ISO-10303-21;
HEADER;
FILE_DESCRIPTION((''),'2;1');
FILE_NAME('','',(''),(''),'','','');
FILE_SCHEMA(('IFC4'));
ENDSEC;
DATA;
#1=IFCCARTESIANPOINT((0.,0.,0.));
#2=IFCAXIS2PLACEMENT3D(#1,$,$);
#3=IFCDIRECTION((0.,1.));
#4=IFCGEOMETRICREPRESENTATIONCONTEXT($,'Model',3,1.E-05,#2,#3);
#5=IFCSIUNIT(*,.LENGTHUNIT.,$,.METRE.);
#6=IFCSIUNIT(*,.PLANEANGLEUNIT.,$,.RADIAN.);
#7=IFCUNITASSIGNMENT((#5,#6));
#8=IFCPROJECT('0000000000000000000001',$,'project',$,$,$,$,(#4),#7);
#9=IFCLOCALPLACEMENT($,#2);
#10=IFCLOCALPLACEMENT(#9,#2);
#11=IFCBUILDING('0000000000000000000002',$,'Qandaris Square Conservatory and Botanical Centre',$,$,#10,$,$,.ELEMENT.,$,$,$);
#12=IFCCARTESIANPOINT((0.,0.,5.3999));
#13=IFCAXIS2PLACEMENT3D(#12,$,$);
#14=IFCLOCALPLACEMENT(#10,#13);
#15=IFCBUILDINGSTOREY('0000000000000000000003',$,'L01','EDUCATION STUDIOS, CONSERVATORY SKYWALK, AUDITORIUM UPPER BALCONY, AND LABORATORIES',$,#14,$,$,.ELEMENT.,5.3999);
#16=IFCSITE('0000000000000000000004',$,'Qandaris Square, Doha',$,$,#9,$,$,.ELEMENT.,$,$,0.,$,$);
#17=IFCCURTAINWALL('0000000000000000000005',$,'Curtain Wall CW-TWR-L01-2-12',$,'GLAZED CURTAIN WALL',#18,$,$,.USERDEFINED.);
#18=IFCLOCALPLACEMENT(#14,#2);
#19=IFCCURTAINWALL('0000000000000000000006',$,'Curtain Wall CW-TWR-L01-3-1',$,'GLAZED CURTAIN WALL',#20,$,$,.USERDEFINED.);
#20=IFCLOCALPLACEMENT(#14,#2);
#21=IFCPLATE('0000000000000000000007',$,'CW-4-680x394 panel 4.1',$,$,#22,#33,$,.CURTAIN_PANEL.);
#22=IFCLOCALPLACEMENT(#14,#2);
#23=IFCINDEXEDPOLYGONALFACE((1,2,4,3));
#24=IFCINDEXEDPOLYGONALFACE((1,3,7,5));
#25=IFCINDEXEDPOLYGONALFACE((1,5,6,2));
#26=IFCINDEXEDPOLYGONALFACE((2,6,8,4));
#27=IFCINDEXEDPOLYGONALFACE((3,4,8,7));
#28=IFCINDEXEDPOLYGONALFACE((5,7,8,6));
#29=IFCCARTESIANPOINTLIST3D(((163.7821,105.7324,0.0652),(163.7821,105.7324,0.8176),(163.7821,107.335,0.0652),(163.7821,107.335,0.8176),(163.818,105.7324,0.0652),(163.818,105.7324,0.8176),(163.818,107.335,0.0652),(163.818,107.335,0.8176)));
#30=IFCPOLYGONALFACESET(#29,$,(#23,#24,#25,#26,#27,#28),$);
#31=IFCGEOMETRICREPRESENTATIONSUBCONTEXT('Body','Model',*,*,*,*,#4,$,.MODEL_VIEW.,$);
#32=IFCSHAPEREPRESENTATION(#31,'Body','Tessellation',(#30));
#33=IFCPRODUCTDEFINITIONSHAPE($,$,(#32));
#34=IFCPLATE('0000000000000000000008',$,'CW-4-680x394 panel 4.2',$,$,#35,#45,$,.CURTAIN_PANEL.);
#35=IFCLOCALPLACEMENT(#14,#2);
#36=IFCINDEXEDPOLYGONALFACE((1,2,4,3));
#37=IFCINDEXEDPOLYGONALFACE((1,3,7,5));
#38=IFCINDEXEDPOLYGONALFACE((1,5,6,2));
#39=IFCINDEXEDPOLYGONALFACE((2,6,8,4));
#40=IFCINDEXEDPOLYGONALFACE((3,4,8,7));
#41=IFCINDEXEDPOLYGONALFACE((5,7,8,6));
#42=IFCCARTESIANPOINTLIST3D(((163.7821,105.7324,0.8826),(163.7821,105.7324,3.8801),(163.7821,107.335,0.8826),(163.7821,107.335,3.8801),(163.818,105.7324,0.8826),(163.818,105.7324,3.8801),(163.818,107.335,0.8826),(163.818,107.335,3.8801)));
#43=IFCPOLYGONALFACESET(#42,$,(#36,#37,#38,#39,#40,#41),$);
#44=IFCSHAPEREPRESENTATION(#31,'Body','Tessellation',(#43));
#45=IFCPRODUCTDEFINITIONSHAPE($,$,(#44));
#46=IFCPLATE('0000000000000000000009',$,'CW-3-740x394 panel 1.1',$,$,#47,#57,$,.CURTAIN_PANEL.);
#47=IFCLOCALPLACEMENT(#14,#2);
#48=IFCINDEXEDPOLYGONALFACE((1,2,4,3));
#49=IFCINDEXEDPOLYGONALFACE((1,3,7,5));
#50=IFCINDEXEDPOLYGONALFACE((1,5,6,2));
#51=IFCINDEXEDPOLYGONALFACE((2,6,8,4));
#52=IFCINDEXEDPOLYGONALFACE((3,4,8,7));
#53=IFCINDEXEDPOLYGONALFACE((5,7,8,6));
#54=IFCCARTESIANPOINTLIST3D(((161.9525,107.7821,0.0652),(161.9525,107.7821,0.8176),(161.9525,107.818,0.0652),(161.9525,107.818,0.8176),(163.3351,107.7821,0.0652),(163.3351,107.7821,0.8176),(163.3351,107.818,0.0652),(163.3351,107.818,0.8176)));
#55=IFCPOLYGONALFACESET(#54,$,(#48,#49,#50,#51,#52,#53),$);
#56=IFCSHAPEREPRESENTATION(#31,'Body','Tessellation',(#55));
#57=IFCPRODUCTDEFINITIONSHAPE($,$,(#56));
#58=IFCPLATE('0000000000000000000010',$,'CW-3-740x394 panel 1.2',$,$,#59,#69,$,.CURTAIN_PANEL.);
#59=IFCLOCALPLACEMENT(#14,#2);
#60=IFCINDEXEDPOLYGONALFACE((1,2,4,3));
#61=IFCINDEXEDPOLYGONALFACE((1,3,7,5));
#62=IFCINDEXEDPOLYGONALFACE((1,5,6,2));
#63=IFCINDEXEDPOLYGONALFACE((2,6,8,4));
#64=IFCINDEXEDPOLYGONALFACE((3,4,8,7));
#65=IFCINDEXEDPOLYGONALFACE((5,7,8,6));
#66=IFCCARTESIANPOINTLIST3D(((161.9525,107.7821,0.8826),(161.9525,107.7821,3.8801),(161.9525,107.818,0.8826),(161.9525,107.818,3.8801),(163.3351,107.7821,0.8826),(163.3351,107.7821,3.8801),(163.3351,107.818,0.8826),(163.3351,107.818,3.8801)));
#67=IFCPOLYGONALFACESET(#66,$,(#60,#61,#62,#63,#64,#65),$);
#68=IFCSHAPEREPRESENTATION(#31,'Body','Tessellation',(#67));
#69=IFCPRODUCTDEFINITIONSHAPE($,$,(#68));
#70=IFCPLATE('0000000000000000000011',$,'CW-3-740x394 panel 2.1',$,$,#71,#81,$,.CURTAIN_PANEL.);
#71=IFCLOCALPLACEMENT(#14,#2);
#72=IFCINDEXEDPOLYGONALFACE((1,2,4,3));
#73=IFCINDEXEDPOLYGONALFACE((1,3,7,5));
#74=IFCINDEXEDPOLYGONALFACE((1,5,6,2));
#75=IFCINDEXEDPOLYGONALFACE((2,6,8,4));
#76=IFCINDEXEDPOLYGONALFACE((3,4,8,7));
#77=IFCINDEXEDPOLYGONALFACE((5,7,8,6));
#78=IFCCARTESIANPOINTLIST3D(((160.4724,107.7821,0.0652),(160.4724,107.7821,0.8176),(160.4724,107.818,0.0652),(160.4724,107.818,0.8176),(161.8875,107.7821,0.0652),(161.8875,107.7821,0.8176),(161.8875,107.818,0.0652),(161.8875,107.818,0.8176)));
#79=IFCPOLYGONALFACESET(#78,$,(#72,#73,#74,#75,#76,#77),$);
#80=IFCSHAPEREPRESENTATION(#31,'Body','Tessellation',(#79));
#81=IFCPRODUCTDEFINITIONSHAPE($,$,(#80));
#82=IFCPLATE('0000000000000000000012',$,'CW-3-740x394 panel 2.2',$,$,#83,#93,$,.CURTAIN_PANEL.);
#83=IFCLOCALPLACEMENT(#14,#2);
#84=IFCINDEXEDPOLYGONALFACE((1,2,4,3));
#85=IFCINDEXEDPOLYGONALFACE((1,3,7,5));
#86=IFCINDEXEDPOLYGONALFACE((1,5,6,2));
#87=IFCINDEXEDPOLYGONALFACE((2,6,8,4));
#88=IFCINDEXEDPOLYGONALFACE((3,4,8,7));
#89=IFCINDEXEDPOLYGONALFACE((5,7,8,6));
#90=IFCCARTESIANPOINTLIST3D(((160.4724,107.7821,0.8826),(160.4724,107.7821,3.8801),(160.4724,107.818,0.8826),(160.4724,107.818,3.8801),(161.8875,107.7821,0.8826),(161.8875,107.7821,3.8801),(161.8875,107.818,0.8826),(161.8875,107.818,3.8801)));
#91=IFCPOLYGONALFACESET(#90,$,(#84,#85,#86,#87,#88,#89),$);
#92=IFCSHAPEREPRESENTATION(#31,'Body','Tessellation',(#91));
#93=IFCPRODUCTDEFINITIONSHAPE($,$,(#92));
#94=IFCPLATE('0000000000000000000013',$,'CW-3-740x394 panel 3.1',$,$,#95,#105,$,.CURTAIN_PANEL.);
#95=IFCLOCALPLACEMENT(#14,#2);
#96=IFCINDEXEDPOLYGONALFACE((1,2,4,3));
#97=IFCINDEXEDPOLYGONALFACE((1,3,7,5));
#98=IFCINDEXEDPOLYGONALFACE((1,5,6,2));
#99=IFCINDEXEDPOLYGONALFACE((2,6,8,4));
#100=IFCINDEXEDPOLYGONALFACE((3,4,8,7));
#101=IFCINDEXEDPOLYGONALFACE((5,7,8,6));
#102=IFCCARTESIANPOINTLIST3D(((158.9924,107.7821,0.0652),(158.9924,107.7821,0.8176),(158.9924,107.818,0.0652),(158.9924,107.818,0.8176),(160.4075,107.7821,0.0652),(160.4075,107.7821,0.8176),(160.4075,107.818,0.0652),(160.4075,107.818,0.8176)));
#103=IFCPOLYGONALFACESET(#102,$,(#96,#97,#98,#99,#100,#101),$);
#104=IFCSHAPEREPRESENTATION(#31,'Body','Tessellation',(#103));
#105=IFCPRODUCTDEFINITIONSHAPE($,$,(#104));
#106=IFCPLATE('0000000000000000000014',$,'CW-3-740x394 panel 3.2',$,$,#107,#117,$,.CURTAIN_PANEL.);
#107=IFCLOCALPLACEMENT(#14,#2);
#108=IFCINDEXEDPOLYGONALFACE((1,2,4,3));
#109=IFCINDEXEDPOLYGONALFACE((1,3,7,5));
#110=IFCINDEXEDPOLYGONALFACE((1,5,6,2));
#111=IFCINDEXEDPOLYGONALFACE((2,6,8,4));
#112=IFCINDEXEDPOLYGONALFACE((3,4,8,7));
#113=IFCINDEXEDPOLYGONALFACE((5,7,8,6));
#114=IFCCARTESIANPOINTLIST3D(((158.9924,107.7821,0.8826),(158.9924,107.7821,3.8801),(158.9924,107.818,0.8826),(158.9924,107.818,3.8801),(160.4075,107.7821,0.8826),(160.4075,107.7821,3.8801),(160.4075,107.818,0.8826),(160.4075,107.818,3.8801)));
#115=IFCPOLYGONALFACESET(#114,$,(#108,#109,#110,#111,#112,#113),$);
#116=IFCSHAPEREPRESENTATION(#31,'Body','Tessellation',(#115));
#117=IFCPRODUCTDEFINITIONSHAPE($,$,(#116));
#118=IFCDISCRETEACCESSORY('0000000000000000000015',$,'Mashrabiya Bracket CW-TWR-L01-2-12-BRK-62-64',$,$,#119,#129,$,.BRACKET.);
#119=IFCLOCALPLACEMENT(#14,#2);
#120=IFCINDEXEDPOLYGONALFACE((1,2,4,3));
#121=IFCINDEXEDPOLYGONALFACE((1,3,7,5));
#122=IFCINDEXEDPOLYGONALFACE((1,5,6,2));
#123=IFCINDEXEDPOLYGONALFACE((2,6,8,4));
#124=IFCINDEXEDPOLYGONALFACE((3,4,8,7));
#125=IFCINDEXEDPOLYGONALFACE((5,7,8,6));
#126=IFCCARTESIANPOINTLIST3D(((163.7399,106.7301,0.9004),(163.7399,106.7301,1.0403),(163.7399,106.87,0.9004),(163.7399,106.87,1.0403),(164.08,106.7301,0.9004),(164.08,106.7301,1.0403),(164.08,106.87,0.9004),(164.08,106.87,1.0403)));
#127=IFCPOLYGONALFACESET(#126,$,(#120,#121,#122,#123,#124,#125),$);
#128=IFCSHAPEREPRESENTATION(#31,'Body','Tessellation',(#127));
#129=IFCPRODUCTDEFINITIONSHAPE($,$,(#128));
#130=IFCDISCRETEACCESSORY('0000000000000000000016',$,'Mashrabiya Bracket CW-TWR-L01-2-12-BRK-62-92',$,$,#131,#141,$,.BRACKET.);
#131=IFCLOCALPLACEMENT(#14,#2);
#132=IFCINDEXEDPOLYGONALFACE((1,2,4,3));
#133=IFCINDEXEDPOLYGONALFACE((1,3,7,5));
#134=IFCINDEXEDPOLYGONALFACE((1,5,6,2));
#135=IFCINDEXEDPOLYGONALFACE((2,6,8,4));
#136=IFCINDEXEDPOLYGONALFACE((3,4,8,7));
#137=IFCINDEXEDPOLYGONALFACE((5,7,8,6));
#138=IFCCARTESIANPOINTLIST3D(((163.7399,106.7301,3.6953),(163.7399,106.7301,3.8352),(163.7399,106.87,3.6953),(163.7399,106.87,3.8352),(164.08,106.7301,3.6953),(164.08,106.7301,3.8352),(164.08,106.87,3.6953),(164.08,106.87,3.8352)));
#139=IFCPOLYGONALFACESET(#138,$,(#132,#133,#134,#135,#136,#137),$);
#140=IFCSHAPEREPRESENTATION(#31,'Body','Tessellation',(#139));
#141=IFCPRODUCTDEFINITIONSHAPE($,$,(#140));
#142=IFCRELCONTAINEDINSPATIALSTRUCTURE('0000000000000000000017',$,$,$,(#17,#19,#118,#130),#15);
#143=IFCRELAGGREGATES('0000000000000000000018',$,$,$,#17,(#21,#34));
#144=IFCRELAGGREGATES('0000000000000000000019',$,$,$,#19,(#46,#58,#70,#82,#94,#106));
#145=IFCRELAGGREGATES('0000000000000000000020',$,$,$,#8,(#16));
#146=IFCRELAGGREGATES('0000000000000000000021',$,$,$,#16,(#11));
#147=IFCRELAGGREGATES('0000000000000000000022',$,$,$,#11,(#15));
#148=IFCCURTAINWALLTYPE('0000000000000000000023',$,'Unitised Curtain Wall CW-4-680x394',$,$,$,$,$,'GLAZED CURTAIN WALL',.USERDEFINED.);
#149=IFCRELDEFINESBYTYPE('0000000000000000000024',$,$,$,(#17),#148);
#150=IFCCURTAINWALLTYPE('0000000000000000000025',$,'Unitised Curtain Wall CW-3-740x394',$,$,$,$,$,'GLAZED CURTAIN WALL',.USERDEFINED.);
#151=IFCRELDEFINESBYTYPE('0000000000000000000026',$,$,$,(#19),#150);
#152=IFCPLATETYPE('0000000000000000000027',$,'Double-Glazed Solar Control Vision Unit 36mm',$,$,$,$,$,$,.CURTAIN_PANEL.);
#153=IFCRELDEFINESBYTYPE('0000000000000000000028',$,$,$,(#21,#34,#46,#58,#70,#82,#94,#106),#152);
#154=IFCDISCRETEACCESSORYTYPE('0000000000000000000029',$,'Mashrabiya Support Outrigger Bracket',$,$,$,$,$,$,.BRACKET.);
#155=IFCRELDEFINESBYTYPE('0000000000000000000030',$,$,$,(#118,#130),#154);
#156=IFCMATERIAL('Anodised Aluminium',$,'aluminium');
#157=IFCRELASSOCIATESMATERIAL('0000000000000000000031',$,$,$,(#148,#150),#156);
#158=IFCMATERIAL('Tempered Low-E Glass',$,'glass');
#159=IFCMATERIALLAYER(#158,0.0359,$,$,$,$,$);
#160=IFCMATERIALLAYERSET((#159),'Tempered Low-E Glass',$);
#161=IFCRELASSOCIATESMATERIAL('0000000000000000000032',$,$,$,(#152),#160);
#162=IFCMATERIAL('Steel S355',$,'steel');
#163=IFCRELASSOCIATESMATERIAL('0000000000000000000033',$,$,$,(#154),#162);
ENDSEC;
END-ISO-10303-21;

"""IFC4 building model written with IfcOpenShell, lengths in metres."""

from ifc_helpers import new_model, si_unit, direction, frame, origin, origin_2d, place, context, subcontext, project, spatial, rectangle, extrude, material, layer, layer_set, type_object, element, aggregate, save


model = new_model("IFC4")

# Units and contexts
model_context = context("Model", 3, precision=1e-05, world=origin(), true_north=direction((0.0, 1.0)))
body_context = subcontext(model_context, "Body", "Model", "MODEL_VIEW")
ifc_project = project(units=[si_unit("LENGTHUNIT", "METRE"), si_unit("PLANEANGLEUNIT", "RADIAN")], contexts=[model_context])

# Site, building, storey
site_placement = place(None, origin())
site = spatial("IfcSite", under=ifc_project, at=site_placement, Name="Qandaris Square, Doha", CompositionType="ELEMENT", RefElevation=0.0)
building_placement = place(site_placement, origin())
building = spatial("IfcBuilding", under=site, at=building_placement, Name="Qandaris Square Conservatory and Botanical Centre", CompositionType="ELEMENT")
storey_placement = place(building_placement, frame((0.0, 0.0, 5.3999)))
storey = spatial("IfcBuildingStorey", under=building, at=storey_placement, Name="L01", Description="EDUCATION STUDIOS, CONSERVATORY SKYWALK, AUDITORIUM UPPER BALCONY, AND LABORATORIES", CompositionType="ELEMENT", Elevation=5.3999)

# Curtain wall
ifc_material_1 = material(Name="Anodised Aluminium", Category="aluminium")
curtain_wall_type_1 = type_object("IfcCurtainWallType", Name="Unitised Curtain Wall CW-4-680x394", ElementType="GLAZED CURTAIN WALL", PredefinedType="USERDEFINED", material=ifc_material_1)
curtain_wall_1_placement = place(storey_placement, origin())
curtain_wall_1 = element("IfcCurtainWall", 1, at=curtain_wall_1_placement, inside=storey, type_object=curtain_wall_type_1, Name="Curtain Wall CW-TWR-L01-2-12", ObjectType="GLAZED CURTAIN WALL", PredefinedType="USERDEFINED")

# Curtain wall
curtain_wall_type_2 = type_object("IfcCurtainWallType", Name="Unitised Curtain Wall CW-3-740x394", ElementType="GLAZED CURTAIN WALL", PredefinedType="USERDEFINED", material=ifc_material_1)
curtain_wall_2_placement = place(storey_placement, origin())
curtain_wall_2 = element("IfcCurtainWall", 2, at=curtain_wall_2_placement, inside=storey, type_object=curtain_wall_type_2, Name="Curtain Wall CW-TWR-L01-3-1", ObjectType="GLAZED CURTAIN WALL", PredefinedType="USERDEFINED")

# Shared definitions
ifc_material_2 = material(Name="Steel S355", Category="steel")

# Plates
ifc_material_3 = material(Name="Tempered Low-E Glass", Category="glass")
ifc_layer = layer(ifc_material_3, 0.0359)
ifc_layer_set = layer_set([ifc_layer], Name="Tempered Low-E Glass")
plate_type = type_object("IfcPlateType", Name="Double-Glazed Solar Control Vision Unit 36mm", PredefinedType="CURTAIN_PANEL", material=ifc_layer_set)
plate_1_placement = place(storey_placement, frame((163.8, 106.5337, 0.0652), z_axis=(0.0, 0.0, 1.0), x_axis=(0.0, 1.0, 0.0)))
plate_1 = element("IfcPlate", 3, at=plate_1_placement, type_object=plate_type, Name="CW-4-680x394 panel 4.1", PredefinedType="CURTAIN_PANEL", context=body_context, shape_type="SweptSolid", body=[
    extrude(rectangle(XDim=1.6025, YDim=0.0359, at=origin_2d()), origin(), (0.0, 0.0, 1.0), 0.7524),
])
plate_2_placement = place(storey_placement, frame((163.8, 106.5337, 0.8826), z_axis=(0.0, 0.0, 1.0), x_axis=(0.0, 1.0, 0.0)))
plate_2 = element("IfcPlate", 4, at=plate_2_placement, type_object=plate_type, Name="CW-4-680x394 panel 4.2", PredefinedType="CURTAIN_PANEL", context=body_context, shape_type="SweptSolid", body=[
    extrude(rectangle(XDim=1.6025, YDim=0.0359, at=origin_2d()), origin(), (0.0, 0.0, 1.0), 2.9976),
])
aggregate(curtain_wall_1, [plate_1, plate_2])
plate_3_placement = place(storey_placement, frame((162.6438, 107.8, 0.0652), z_axis=(0.0, 0.0, 1.0), x_axis=(-1.0, 0.0, 0.0)))
plate_3 = element("IfcPlate", 5, at=plate_3_placement, type_object=plate_type, Name="CW-3-740x394 panel 1.1", PredefinedType="CURTAIN_PANEL", context=body_context, shape_type="SweptSolid", body=[
    extrude(rectangle(XDim=1.3826, YDim=0.0359, at=origin_2d()), origin(), (0.0, 0.0, 1.0), 0.7524),
])
plate_4_placement = place(storey_placement, frame((162.6438, 107.8, 0.8826), z_axis=(0.0, 0.0, 1.0), x_axis=(-1.0, 0.0, 0.0)))
plate_4 = element("IfcPlate", 6, at=plate_4_placement, type_object=plate_type, Name="CW-3-740x394 panel 1.2", PredefinedType="CURTAIN_PANEL", context=body_context, shape_type="SweptSolid", body=[
    extrude(rectangle(XDim=1.3826, YDim=0.0359, at=origin_2d()), origin(), (0.0, 0.0, 1.0), 2.9976),
])
plate_5_placement = place(storey_placement, frame((161.1799, 107.8, 0.0652), z_axis=(0.0, 0.0, 1.0), x_axis=(-1.0, 0.0, 0.0)))
plate_5 = element("IfcPlate", 7, at=plate_5_placement, type_object=plate_type, Name="CW-3-740x394 panel 2.1", PredefinedType="CURTAIN_PANEL", context=body_context, shape_type="SweptSolid", body=[
    extrude(rectangle(XDim=1.415, YDim=0.0359, at=origin_2d()), origin(), (0.0, 0.0, 1.0), 0.7524),
])
plate_6_placement = place(storey_placement, frame((161.1799, 107.8, 0.8826), z_axis=(0.0, 0.0, 1.0), x_axis=(-1.0, 0.0, 0.0)))
plate_6 = element("IfcPlate", 8, at=plate_6_placement, type_object=plate_type, Name="CW-3-740x394 panel 2.2", PredefinedType="CURTAIN_PANEL", context=body_context, shape_type="SweptSolid", body=[
    extrude(rectangle(XDim=1.415, YDim=0.0359, at=origin_2d()), origin(), (0.0, 0.0, 1.0), 2.9976),
])
plate_7_placement = place(storey_placement, frame((159.7, 107.8, 0.0652), z_axis=(0.0, 0.0, 1.0), x_axis=(-1.0, 0.0, 0.0)))
plate_7 = element("IfcPlate", 9, at=plate_7_placement, type_object=plate_type, Name="CW-3-740x394 panel 3.1", PredefinedType="CURTAIN_PANEL", context=body_context, shape_type="SweptSolid", body=[
    extrude(rectangle(XDim=1.415, YDim=0.0359, at=origin_2d()), origin(), (0.0, 0.0, 1.0), 0.7524),
])
plate_8_placement = place(storey_placement, frame((159.7, 107.8, 0.8826), z_axis=(0.0, 0.0, 1.0), x_axis=(-1.0, 0.0, 0.0)))
plate_8 = element("IfcPlate", 10, at=plate_8_placement, type_object=plate_type, Name="CW-3-740x394 panel 3.2", PredefinedType="CURTAIN_PANEL", context=body_context, shape_type="SweptSolid", body=[
    extrude(rectangle(XDim=1.415, YDim=0.0359, at=origin_2d()), origin(), (0.0, 0.0, 1.0), 2.9976),
])
aggregate(curtain_wall_2, [plate_3, plate_4, plate_5, plate_6, plate_7, plate_8])

# Discrete accessories
discrete_accessory_type = type_object("IfcDiscreteAccessoryType", Name="Mashrabiya Support Outrigger Bracket", PredefinedType="BRACKET", material=ifc_material_2)
for number, where, z_axis, x_axis, name in (
    (11, (163.9099, 106.8, 0.9004), (0.0, 0.0, 1.0), (0.0, 1.0, 0.0), "Mashrabiya Bracket CW-TWR-L01-2-12-BRK-62-64"),
    (12, (163.9099, 106.8, 3.6953), (0.0, 0.0, 1.0), (0.0, 1.0, 0.0), "Mashrabiya Bracket CW-TWR-L01-2-12-BRK-62-92"),
):
    element("IfcDiscreteAccessory", number, at=place(storey_placement, frame(where, z_axis=z_axis, x_axis=x_axis)), inside=storey, type_object=discrete_accessory_type, Name=name, PredefinedType="BRACKET", context=body_context, shape_type="SweptSolid", body=[
        extrude(rectangle(XDim=0.1399, YDim=0.3401, at=origin_2d()), origin(), (0.0, 0.0, 1.0), 0.1399),
    ])

save(model, "model.ifc")
